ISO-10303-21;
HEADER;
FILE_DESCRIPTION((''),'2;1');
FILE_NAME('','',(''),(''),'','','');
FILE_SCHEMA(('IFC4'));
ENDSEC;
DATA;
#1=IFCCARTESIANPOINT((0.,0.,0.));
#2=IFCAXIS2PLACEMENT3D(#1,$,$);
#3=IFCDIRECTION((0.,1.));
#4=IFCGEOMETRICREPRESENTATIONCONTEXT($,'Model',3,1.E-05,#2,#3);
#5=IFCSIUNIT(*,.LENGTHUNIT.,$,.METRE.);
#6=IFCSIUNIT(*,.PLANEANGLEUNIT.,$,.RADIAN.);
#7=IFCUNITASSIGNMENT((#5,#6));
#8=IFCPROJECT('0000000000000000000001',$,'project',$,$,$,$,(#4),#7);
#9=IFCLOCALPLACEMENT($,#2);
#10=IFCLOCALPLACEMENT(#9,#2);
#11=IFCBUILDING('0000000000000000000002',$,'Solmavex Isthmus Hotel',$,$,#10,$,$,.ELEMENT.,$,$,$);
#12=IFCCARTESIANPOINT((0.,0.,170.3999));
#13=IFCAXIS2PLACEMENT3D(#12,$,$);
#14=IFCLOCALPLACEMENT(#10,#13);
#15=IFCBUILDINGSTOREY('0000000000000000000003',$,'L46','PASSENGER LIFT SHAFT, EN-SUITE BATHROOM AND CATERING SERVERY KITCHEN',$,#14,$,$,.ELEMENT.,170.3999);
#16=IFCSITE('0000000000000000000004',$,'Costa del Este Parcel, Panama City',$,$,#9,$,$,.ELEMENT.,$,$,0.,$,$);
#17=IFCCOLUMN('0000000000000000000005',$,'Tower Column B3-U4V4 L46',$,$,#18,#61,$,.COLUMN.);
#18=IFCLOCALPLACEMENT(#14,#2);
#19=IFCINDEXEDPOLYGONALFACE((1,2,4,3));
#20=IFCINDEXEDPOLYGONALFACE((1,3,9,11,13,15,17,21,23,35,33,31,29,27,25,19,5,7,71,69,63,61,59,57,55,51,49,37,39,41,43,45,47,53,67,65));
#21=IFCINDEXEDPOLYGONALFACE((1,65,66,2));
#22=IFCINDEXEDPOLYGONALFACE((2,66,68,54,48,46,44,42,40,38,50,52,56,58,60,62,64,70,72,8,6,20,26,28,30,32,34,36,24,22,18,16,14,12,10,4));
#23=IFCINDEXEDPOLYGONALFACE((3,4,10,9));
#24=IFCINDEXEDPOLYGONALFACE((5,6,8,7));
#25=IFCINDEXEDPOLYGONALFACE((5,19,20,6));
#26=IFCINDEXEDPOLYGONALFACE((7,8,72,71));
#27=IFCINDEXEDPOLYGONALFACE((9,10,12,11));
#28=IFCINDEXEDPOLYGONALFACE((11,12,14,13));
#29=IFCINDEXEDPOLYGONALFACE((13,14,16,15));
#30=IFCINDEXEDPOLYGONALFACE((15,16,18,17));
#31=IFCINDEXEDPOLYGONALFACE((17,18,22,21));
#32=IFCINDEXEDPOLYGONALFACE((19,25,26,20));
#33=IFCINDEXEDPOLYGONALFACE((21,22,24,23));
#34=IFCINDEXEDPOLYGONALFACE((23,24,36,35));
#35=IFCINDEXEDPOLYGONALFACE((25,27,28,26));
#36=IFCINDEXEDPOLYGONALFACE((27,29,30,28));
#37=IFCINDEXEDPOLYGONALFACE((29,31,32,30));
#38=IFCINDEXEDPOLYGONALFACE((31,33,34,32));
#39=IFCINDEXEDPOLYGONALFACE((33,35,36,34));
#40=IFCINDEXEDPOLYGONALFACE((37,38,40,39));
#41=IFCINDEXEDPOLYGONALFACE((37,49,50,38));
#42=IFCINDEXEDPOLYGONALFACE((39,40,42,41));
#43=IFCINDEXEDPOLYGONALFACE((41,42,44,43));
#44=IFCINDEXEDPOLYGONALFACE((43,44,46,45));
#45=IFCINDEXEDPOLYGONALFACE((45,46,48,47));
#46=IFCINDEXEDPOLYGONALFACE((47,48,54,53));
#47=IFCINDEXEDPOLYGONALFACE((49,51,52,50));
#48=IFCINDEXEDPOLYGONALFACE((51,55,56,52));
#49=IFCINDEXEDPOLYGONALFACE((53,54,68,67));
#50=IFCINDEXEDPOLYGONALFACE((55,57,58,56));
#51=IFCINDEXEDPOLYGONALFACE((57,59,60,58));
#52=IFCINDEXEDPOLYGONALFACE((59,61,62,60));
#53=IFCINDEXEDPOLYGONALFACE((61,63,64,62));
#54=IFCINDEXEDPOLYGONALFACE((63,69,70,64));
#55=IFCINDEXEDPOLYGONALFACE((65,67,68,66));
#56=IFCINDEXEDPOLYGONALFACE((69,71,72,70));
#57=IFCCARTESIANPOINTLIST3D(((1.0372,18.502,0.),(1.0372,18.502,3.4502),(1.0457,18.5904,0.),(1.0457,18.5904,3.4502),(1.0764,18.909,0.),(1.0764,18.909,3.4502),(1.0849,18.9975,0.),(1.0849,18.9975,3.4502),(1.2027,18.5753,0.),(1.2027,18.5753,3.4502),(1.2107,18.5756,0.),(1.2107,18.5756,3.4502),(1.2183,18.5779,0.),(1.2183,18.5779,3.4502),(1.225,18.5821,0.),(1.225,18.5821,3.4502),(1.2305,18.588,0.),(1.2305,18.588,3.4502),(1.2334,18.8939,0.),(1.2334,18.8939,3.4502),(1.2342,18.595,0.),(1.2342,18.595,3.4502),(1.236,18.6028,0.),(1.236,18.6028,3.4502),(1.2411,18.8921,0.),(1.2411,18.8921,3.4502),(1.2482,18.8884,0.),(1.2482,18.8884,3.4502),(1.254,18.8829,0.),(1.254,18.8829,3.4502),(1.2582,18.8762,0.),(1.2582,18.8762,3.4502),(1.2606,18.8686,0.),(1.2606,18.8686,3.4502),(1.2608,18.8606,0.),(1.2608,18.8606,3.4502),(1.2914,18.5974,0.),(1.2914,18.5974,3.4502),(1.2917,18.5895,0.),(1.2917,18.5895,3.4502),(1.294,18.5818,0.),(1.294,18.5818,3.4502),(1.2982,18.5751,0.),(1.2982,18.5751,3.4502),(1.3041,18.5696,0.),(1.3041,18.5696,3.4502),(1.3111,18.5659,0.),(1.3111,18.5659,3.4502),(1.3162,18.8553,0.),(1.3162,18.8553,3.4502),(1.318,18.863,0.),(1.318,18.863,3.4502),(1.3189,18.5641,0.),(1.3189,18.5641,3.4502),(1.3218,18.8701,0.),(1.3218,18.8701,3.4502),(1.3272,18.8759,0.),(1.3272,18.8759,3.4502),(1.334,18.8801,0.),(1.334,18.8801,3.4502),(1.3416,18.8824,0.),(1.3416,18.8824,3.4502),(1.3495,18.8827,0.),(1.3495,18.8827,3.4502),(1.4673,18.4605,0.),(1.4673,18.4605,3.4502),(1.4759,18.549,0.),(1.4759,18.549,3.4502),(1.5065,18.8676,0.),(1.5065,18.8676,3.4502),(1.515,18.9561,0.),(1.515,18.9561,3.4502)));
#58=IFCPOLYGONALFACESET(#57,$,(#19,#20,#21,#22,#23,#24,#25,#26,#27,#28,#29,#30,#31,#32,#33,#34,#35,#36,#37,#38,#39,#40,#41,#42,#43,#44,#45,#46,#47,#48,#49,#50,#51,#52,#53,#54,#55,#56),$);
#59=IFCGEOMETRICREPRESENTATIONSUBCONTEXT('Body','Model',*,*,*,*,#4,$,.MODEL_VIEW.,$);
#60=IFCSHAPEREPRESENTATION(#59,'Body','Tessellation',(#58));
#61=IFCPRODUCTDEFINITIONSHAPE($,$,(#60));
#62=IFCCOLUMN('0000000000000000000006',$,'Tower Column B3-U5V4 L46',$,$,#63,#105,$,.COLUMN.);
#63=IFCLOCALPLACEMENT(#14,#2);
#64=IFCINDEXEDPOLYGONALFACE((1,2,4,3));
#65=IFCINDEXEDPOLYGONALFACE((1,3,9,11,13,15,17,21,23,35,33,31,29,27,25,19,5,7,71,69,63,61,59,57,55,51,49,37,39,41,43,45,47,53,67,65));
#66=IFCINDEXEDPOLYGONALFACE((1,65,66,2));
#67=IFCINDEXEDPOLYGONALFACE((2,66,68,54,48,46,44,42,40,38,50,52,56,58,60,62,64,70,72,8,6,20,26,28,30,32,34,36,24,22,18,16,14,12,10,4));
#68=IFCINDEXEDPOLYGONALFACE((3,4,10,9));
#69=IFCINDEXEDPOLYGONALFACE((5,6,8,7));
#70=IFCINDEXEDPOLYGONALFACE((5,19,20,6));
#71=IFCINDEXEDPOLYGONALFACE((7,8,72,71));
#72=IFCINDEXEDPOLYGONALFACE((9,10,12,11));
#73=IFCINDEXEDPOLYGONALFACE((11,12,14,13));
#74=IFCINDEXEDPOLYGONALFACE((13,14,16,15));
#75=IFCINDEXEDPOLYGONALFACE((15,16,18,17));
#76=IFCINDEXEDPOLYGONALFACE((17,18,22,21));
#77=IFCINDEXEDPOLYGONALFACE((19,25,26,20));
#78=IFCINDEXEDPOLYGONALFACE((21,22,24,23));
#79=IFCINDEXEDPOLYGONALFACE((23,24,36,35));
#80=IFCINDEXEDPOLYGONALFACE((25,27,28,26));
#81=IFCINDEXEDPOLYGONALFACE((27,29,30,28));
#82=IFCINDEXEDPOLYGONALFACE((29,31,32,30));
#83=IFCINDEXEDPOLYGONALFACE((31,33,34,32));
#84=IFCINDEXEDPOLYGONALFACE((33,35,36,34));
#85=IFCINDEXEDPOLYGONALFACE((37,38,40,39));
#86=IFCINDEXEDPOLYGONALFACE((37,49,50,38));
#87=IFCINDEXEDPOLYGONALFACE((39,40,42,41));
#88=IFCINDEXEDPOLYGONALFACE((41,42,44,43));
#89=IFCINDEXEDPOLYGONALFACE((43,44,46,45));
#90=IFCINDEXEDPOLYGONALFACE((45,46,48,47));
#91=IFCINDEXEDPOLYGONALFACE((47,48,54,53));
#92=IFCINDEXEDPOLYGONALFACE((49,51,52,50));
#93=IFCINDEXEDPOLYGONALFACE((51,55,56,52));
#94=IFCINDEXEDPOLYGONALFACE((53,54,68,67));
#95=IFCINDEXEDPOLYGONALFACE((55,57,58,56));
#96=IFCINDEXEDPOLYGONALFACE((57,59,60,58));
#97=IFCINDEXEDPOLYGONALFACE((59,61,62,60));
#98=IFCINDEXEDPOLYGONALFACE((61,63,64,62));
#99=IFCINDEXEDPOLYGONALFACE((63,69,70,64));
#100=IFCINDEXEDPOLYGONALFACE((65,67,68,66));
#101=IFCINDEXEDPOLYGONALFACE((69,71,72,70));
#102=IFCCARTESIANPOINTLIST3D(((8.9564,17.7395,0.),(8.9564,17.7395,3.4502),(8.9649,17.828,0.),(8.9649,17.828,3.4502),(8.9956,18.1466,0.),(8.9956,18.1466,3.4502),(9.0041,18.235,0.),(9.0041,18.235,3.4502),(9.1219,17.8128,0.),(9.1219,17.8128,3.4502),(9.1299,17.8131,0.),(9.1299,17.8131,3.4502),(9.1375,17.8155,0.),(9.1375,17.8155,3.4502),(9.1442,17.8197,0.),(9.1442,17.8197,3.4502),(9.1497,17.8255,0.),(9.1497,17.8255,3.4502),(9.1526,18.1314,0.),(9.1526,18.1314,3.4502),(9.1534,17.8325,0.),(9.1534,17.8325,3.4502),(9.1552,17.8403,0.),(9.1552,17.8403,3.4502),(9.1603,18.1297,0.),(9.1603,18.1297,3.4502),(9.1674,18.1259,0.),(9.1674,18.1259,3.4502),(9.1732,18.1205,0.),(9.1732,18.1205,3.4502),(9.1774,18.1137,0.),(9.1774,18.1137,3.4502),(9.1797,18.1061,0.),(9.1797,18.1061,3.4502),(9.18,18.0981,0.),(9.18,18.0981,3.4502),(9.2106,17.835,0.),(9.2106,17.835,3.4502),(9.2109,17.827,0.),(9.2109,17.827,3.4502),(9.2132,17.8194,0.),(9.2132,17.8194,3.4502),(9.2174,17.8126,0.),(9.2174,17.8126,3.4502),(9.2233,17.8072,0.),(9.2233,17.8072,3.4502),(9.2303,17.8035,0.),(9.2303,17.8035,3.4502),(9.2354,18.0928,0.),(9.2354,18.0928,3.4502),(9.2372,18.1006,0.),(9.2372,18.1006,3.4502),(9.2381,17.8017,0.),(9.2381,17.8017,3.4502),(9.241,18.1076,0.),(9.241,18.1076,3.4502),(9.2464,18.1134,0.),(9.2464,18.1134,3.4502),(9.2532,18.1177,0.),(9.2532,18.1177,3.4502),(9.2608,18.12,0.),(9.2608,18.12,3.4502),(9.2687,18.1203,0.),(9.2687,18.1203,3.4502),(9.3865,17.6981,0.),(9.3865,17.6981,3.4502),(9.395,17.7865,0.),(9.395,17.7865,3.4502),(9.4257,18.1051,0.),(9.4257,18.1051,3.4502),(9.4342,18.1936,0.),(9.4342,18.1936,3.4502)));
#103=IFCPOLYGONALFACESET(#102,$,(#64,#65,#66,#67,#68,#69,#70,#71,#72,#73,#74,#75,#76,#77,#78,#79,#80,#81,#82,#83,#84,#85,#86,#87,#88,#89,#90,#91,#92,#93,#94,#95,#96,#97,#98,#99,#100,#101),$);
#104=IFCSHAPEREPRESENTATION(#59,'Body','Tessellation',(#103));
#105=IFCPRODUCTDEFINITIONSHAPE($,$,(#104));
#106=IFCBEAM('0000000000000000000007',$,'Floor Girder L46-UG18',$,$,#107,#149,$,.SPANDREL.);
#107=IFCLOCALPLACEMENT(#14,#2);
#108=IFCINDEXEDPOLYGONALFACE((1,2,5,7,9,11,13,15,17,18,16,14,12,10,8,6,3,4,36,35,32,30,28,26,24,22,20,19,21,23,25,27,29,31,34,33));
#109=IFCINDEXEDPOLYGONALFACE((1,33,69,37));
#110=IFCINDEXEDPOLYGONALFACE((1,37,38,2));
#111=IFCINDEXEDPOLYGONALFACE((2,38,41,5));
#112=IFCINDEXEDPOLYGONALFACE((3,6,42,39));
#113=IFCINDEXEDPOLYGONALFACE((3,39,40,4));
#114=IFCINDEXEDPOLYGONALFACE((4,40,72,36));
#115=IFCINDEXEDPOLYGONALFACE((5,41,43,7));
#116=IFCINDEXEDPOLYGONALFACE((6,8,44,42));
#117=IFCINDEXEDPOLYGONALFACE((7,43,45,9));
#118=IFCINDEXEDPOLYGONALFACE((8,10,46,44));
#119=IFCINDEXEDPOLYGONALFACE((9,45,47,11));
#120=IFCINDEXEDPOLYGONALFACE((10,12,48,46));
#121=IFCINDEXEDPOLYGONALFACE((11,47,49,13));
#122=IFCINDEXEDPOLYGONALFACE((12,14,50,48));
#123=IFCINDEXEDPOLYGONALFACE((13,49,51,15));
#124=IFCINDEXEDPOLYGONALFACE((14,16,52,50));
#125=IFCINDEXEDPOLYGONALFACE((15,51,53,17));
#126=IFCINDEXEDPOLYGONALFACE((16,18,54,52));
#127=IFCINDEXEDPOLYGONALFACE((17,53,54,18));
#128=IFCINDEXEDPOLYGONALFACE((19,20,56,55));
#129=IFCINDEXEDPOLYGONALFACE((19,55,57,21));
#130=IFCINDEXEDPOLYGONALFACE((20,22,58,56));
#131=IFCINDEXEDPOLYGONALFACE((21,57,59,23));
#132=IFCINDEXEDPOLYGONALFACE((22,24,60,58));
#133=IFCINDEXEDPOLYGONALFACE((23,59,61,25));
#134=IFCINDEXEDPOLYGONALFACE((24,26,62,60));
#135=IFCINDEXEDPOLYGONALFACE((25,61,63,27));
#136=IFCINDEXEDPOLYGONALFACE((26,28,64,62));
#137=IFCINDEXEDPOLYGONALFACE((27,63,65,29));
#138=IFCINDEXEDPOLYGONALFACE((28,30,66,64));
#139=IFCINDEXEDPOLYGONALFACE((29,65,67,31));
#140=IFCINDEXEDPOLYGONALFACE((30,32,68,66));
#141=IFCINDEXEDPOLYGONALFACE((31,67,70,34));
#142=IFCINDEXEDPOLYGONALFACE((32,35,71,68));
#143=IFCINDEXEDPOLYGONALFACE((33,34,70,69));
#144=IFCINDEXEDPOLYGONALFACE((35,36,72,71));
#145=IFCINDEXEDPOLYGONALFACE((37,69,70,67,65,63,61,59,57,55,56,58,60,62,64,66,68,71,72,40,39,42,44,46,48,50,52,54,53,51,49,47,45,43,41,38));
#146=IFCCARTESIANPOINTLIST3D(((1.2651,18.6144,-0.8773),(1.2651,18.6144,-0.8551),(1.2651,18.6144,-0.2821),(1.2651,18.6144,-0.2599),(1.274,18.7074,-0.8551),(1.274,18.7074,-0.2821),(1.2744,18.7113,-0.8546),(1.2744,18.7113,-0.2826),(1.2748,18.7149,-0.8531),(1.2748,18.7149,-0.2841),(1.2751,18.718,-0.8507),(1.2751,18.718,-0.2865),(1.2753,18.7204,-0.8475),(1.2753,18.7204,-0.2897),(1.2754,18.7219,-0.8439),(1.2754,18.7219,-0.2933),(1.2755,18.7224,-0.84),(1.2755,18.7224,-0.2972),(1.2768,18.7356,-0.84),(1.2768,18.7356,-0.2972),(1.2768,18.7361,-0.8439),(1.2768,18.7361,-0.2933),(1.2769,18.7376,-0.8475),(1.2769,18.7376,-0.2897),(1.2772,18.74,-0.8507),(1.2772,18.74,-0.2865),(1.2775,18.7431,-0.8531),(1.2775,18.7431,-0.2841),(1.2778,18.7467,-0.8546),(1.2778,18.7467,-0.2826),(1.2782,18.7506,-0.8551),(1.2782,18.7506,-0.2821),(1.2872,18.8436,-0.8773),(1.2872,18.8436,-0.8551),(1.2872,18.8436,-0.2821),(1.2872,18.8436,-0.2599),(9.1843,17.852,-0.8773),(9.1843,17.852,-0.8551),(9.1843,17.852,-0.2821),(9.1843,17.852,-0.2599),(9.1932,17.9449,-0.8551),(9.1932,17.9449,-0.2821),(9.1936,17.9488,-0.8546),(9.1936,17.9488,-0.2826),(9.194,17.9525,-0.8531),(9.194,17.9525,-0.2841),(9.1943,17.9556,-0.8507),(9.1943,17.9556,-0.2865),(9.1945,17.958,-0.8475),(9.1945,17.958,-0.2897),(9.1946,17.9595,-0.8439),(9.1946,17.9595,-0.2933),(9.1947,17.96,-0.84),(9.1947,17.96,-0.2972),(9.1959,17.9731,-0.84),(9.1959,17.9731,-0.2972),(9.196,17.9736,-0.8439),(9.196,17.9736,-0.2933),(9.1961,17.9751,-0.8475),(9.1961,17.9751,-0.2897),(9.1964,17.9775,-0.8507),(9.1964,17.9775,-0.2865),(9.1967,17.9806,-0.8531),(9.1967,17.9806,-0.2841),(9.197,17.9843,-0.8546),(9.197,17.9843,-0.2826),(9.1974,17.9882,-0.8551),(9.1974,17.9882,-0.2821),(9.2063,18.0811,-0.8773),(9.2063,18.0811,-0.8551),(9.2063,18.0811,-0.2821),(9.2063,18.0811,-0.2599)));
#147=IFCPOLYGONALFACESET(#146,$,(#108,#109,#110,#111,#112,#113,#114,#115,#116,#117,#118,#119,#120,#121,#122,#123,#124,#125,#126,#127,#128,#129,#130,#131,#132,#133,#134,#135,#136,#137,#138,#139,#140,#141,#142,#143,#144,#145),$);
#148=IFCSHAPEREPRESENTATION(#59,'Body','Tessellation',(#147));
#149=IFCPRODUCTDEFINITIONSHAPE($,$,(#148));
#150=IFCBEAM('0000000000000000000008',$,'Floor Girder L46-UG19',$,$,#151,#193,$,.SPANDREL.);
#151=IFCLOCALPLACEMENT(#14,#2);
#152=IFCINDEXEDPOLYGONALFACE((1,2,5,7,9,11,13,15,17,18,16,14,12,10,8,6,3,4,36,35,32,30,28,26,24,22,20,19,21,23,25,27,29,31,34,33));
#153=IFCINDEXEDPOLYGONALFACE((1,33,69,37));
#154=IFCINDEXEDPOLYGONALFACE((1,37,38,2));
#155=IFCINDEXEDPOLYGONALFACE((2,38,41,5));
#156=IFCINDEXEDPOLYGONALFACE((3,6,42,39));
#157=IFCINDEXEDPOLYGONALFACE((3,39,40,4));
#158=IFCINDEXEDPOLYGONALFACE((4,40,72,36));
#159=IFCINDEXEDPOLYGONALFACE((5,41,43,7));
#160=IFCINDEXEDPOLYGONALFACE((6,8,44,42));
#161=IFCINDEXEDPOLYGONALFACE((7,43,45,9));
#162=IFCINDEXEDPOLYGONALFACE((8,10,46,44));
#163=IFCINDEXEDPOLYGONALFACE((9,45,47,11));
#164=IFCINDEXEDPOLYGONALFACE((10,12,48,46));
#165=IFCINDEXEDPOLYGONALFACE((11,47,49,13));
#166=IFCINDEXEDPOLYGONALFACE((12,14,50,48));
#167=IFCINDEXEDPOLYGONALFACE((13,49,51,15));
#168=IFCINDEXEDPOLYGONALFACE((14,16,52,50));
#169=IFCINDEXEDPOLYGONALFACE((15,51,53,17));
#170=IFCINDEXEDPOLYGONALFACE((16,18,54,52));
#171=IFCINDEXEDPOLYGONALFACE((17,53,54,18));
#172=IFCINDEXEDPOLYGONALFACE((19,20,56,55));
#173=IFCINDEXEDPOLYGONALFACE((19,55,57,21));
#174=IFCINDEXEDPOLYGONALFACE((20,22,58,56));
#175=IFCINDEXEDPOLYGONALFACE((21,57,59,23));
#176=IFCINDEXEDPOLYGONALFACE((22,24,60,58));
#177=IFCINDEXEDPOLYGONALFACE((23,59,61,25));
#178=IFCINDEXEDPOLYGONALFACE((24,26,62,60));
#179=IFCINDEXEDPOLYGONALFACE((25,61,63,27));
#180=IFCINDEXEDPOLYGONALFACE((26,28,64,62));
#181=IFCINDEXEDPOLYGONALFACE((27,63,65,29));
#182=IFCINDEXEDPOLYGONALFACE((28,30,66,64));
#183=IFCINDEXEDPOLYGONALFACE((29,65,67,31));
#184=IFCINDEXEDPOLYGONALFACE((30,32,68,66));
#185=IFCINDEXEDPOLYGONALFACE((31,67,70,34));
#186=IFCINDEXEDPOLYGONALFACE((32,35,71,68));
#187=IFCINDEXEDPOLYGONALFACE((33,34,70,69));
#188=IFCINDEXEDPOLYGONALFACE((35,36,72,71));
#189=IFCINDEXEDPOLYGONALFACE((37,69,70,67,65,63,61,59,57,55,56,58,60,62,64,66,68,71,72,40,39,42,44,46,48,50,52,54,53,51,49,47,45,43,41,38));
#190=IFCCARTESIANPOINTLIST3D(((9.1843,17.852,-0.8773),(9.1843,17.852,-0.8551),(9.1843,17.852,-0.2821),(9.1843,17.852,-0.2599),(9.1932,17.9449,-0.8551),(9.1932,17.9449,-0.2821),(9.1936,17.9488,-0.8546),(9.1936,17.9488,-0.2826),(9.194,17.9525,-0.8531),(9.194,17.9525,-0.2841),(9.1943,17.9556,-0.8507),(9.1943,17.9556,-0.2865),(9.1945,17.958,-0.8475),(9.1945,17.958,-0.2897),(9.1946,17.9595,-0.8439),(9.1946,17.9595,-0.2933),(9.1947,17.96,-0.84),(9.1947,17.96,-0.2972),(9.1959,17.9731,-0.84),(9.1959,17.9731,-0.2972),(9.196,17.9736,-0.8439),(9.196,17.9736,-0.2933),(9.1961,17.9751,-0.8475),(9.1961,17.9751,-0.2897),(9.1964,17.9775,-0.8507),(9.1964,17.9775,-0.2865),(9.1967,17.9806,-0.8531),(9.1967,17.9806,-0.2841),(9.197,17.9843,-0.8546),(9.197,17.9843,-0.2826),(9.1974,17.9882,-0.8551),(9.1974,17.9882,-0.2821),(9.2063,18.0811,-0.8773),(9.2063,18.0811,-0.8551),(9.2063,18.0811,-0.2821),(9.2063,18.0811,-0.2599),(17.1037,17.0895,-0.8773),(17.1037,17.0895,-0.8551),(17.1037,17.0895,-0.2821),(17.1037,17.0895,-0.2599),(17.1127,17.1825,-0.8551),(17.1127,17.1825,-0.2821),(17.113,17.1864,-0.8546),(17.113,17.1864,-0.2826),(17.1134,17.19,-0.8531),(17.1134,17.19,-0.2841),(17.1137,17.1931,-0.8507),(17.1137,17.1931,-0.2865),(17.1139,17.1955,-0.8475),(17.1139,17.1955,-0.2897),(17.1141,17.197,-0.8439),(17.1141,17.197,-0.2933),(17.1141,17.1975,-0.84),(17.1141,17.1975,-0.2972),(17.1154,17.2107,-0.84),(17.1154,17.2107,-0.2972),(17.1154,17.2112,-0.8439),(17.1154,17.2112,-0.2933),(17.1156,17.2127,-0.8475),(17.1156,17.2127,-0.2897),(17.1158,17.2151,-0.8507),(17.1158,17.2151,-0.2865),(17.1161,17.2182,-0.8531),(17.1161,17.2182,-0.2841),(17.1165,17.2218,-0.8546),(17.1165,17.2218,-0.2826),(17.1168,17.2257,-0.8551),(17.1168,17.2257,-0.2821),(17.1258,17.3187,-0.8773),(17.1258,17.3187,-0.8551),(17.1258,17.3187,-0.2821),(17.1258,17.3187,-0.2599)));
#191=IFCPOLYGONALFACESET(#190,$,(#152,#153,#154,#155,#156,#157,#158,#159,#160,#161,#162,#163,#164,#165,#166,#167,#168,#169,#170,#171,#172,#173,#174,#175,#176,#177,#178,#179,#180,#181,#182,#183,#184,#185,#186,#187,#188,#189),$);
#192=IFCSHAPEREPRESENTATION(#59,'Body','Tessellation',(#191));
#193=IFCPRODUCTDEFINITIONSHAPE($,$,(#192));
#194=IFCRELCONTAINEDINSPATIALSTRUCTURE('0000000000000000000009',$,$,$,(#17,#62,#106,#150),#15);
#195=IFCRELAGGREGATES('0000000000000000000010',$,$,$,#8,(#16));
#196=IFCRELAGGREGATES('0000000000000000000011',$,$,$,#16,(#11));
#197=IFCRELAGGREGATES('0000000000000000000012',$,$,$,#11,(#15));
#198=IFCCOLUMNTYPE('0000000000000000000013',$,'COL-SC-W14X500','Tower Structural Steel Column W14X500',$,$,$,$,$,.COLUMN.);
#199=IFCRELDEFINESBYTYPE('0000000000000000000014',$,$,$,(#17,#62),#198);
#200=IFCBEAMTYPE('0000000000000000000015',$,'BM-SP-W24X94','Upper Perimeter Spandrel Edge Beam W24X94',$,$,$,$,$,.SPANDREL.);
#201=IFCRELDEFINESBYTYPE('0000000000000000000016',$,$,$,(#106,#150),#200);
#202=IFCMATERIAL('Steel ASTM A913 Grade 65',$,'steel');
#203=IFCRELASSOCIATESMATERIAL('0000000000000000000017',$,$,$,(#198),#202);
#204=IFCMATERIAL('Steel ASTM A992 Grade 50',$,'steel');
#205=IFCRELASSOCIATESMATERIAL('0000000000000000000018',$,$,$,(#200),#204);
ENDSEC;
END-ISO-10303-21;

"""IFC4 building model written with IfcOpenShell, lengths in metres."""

from ifc_helpers import new_model, si_unit, direction, frame, origin, origin_2d, place, context, subcontext, project, spatial, i_section, extrude, material, material_profile, profile_set, type_object, element, save


model = new_model("IFC4")

# Units and contexts
model_context = context("Model", 3, precision=1e-05, world=origin(), true_north=direction((0.0, 1.0)))
body_context = subcontext(model_context, "Body", "Model", "MODEL_VIEW")
ifc_project = project(units=[si_unit("LENGTHUNIT", "METRE"), si_unit("PLANEANGLEUNIT", "RADIAN")], contexts=[model_context])

# Site, building, storey
site_placement = place(None, origin())
site = spatial("IfcSite", under=ifc_project, at=site_placement, Name="Costa del Este Parcel, Panama City", CompositionType="ELEMENT", RefElevation=0.0)
building_placement = place(site_placement, origin())
building = spatial("IfcBuilding", under=site, at=building_placement, Name="Solmavex Isthmus Hotel", CompositionType="ELEMENT")
storey_placement = place(building_placement, frame((0.0, 0.0, 170.3999)))
storey = spatial("IfcBuildingStorey", under=building, at=storey_placement, Name="L46", Description="PASSENGER LIFT SHAFT, EN-SUITE BATHROOM AND CATERING SERVERY KITCHEN", CompositionType="ELEMENT", Elevation=170.3999)

# Columns
ifc_material_1 = material(Name="Steel ASTM A913 Grade 65", Category="steel")
ifc_material_profile_1 = material_profile(ifc_material_1, i_section(OverallWidth=0.4321, OverallDepth=0.4978, WebThickness=0.0557, FlangeThickness=0.0889, FilletRadius=0.0305, at=origin_2d()), Name="W14X500")
ifc_profile_set_1 = profile_set([ifc_material_profile_1], Name="Steel ASTM A913 Grade 65")
column_type = type_object("IfcColumnType", Name="COL-SC-W14X500", Description="Tower Structural Steel Column W14X500", PredefinedType="COLUMN", material=ifc_profile_set_1)
for number, where, z_axis, x_axis, name in (
    (1, (1.2761, 18.729, 0.0), (0.0, 0.0, 1.0), (0.995396, -0.095846, 0.0), "Tower Column B3-U4V4 L46"),
    (2, (9.1953, 17.9666, 0.0), (0.0, 0.0, 1.0), (0.995396, -0.095846, 0.0), "Tower Column B3-U5V4 L46"),
):
    element("IfcColumn", number, at=place(storey_placement, frame(where, z_axis=z_axis, x_axis=x_axis)), inside=storey, type_object=column_type, Name=name, PredefinedType="COLUMN", context=body_context, shape_type="SweptSolid", body=[
        extrude(i_section(OverallWidth=0.4321, OverallDepth=0.4978, WebThickness=0.0557, FlangeThickness=0.0889, FilletRadius=0.0305, at=origin_2d()), origin(), (0.0, 0.0, 1.0), 3.4502),
    ])

# Beams
ifc_material_2 = material(Name="Steel ASTM A992 Grade 50", Category="steel")
ifc_material_profile_2 = material_profile(ifc_material_2, i_section(OverallWidth=0.2302, OverallDepth=0.6174, WebThickness=0.0132, FlangeThickness=0.0222, FilletRadius=0.0151, at=origin_2d()), Name="W24X94")
ifc_profile_set_2 = profile_set([ifc_material_profile_2], Name="Steel ASTM A992 Grade 50")
beam_type = type_object("IfcBeamType", Name="BM-SP-W24X94", Description="Upper Perimeter Spandrel Edge Beam W24X94", PredefinedType="SPANDREL", material=ifc_profile_set_2)
beam_1_placement = place(storey_placement, frame((1.2761, 18.729, -0.5686), z_axis=(0.995397, -0.095836, 0.0), x_axis=(0.095836, 0.995397, 0.0)))
element("IfcBeam", 3, at=beam_1_placement, inside=storey, type_object=beam_type, Name="Floor Girder L46-UG18", PredefinedType="SPANDREL", context=body_context, shape_type="SweptSolid", body=[
    extrude(i_section(OverallWidth=0.2302, OverallDepth=0.6174, WebThickness=0.0132, FlangeThickness=0.0222, FilletRadius=0.0151, at=origin_2d()), origin(), (0.0, 0.0, 1.0), 7.9558),
])
beam_2_placement = place(storey_placement, frame((9.1953, 17.9666, -0.5686), z_axis=(0.995397, -0.095833, 0.0), x_axis=(0.095833, 0.995397, 0.0)))
element("IfcBeam", 4, at=beam_2_placement, inside=storey, type_object=beam_type, Name="Floor Girder L46-UG19", PredefinedType="SPANDREL", context=body_context, shape_type="SweptSolid", body=[
    extrude(i_section(OverallWidth=0.2302, OverallDepth=0.6174, WebThickness=0.0132, FlangeThickness=0.0222, FilletRadius=0.0151, at=origin_2d()), origin(), (0.0, 0.0, 1.0), 7.9561),
])

save(model, "model.ifc")
